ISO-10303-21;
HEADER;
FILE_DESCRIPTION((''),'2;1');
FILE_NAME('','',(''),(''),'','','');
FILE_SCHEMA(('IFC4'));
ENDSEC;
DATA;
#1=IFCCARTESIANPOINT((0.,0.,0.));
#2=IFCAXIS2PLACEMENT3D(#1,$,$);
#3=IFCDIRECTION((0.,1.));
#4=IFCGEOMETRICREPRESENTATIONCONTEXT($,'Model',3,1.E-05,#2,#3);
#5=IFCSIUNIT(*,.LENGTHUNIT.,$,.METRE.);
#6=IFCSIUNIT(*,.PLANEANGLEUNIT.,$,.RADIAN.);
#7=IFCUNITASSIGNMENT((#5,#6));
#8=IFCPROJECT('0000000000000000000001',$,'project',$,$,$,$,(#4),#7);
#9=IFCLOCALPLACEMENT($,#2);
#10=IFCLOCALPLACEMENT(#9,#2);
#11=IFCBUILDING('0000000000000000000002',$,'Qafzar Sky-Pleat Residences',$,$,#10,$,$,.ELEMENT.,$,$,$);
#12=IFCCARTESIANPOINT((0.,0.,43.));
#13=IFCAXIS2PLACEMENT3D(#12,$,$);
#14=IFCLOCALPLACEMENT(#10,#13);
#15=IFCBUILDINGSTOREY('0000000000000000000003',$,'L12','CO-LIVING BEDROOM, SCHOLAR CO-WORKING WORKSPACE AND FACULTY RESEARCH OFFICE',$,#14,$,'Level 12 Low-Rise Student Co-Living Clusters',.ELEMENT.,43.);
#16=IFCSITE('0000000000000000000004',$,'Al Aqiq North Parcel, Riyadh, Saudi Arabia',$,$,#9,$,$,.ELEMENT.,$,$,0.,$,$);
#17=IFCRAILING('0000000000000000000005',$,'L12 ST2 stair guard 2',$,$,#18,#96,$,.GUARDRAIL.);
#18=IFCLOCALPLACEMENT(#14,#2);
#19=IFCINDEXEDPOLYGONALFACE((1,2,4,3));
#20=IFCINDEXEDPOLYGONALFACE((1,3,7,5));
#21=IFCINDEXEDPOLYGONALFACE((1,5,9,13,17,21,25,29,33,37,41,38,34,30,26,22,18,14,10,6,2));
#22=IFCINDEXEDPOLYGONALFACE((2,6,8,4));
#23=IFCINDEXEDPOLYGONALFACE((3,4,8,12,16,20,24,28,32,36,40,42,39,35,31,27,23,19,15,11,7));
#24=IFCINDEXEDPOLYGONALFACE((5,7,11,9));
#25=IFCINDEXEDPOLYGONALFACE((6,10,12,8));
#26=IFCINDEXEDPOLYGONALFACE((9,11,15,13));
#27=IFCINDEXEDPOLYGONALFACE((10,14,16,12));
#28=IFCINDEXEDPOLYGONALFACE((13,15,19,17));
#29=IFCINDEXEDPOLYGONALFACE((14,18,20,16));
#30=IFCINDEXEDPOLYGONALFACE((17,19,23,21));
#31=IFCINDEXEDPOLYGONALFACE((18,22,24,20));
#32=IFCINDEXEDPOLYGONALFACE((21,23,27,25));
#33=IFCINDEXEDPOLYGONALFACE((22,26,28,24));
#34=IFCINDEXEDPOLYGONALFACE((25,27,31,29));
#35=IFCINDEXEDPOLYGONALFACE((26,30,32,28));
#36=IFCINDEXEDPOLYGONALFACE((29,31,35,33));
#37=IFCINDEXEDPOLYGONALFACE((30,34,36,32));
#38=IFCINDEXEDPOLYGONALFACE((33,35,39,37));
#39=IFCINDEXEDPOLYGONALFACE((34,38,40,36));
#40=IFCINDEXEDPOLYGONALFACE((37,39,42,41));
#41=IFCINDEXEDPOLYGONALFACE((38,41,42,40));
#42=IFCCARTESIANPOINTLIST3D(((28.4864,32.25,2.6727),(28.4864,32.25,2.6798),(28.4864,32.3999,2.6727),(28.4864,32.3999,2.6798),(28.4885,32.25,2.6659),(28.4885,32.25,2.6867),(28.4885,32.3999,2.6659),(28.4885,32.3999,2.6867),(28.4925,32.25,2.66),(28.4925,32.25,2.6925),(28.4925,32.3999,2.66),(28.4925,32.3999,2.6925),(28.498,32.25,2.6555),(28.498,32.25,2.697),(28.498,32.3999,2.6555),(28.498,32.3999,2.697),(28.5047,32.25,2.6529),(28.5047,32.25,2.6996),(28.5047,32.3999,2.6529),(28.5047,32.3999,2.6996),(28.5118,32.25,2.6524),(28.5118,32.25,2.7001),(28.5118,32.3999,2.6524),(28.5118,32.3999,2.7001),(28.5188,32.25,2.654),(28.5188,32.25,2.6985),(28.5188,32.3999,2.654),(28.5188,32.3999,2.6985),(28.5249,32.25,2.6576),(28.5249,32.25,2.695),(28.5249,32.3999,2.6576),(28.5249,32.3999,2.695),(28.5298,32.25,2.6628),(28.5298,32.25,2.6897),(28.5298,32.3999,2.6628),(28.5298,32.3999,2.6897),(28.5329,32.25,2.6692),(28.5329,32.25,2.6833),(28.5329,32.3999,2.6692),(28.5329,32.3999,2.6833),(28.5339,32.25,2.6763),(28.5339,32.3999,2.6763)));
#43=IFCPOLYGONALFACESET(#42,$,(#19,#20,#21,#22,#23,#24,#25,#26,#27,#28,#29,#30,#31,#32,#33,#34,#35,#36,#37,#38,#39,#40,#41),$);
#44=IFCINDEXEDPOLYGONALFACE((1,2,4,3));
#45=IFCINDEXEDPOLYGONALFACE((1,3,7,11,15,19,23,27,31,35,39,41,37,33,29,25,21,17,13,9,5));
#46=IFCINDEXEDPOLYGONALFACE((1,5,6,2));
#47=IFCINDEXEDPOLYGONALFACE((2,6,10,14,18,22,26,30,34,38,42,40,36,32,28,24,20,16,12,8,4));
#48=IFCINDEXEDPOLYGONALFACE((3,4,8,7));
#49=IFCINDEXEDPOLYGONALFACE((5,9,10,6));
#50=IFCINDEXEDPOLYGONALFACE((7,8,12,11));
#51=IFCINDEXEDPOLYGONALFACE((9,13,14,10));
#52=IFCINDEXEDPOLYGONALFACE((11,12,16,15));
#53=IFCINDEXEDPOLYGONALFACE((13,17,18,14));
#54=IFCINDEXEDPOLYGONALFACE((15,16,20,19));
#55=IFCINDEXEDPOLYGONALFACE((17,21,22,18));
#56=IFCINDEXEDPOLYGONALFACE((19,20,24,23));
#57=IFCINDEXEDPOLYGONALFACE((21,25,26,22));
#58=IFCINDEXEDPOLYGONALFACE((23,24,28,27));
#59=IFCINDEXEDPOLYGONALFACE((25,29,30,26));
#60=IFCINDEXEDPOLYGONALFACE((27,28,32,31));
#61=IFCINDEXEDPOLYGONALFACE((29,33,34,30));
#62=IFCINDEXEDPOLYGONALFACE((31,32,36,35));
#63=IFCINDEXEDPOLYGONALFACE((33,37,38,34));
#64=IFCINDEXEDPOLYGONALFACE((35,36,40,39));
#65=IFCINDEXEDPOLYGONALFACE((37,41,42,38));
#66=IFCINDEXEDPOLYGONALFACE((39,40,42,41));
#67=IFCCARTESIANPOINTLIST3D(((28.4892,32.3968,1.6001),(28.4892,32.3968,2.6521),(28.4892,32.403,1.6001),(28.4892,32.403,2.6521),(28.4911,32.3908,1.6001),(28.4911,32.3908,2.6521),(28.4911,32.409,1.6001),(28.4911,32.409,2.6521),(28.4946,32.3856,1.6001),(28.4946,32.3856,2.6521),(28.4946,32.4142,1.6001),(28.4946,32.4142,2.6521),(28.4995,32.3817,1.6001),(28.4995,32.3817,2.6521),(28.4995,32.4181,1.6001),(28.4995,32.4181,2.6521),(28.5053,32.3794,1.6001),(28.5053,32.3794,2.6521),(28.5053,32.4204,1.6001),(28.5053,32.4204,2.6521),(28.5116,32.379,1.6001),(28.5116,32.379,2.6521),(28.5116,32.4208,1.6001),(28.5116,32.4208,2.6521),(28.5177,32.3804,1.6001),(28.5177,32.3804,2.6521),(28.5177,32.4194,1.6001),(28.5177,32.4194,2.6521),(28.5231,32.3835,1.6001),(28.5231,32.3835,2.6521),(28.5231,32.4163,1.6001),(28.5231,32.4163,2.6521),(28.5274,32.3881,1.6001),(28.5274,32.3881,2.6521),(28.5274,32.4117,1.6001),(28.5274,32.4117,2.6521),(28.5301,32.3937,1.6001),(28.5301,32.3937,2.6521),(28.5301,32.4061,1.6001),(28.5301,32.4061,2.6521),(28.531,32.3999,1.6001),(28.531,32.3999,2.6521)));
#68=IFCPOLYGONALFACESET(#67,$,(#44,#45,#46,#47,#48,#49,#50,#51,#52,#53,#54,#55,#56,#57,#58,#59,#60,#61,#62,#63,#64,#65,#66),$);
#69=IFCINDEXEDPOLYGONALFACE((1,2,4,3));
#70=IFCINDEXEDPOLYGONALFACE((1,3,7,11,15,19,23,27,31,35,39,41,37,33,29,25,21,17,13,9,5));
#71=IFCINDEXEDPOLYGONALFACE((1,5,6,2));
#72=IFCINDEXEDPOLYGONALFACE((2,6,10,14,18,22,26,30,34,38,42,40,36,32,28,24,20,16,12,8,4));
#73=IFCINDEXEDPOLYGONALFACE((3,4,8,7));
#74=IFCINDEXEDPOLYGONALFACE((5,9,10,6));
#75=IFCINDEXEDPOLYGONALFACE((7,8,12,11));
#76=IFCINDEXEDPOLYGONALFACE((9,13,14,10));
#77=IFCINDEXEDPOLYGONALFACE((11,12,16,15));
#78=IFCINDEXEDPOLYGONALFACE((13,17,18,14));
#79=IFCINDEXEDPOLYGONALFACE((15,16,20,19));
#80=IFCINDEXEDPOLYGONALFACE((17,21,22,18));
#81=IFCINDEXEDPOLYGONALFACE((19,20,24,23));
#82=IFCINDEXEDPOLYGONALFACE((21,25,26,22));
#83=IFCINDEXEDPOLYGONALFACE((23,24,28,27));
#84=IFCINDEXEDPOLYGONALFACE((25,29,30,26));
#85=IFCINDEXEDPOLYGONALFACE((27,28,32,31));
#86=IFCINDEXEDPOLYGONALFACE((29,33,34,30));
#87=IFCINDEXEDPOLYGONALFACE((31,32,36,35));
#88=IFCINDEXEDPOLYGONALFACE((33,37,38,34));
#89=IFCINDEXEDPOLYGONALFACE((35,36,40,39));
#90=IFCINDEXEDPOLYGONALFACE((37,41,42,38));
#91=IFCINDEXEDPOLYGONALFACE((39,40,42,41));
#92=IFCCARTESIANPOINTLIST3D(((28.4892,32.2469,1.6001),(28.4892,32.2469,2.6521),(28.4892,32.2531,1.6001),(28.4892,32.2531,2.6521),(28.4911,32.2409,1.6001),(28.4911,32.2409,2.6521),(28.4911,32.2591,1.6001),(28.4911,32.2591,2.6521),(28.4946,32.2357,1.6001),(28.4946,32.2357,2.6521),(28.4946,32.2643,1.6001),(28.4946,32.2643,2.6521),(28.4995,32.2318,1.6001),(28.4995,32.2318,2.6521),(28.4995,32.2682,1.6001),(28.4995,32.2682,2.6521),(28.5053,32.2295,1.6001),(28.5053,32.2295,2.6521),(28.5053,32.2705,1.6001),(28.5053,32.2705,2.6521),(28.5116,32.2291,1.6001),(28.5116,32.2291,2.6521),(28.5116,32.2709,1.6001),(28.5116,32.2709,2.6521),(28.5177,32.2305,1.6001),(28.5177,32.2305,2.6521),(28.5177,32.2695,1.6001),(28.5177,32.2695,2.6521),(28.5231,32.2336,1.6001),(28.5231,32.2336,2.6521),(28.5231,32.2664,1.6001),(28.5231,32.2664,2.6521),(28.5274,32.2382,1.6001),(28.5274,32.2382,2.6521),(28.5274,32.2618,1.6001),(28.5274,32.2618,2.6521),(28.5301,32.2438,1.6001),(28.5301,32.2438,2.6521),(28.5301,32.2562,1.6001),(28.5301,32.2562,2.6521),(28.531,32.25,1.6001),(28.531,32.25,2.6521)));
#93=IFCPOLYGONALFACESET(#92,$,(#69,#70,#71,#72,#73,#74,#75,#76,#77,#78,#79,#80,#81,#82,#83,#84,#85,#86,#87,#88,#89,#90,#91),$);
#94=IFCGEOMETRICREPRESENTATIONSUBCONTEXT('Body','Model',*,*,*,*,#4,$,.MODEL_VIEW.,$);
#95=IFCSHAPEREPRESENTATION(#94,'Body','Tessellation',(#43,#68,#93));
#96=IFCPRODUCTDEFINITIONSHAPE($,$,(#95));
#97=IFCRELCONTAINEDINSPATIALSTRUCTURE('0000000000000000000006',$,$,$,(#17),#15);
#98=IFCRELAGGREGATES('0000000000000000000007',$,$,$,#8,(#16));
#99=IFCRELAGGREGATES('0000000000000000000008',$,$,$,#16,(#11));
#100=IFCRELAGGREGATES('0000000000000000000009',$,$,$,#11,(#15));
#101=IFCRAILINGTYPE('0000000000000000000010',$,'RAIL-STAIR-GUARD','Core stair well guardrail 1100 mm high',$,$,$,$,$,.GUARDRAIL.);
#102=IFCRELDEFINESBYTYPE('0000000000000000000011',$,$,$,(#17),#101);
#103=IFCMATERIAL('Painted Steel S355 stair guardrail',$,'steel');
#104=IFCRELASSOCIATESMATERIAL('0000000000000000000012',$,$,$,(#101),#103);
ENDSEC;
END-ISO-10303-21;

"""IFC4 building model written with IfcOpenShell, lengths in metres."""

from ifc_helpers import new_model, si_unit, direction, frame, origin, origin_2d, place, context, subcontext, project, spatial, circle, extrude, source, transform, mapped, material, type_object, element, save


model = new_model("IFC4")

# Units and contexts
model_context = context("Model", 3, precision=1e-05, world=origin(), true_north=direction((0.0, 1.0)))
body_context = subcontext(model_context, "Body", "Model", "MODEL_VIEW")
ifc_project = project(units=[si_unit("LENGTHUNIT", "METRE"), si_unit("PLANEANGLEUNIT", "RADIAN")], contexts=[model_context])

# Site, building, storey
site_placement = place(None, origin())
site = spatial("IfcSite", under=ifc_project, at=site_placement, Name="Al Aqiq North Parcel, Riyadh, Saudi Arabia", CompositionType="ELEMENT", RefElevation=0.0)
building_placement = place(site_placement, origin())
building = spatial("IfcBuilding", under=site, at=building_placement, Name="Qafzar Sky-Pleat Residences", CompositionType="ELEMENT")
storey_placement = place(building_placement, frame((0.0, 0.0, 43.0)))
storey = spatial("IfcBuildingStorey", under=building, at=storey_placement, Name="L12", Description="CO-LIVING BEDROOM, SCHOLAR CO-WORKING WORKSPACE AND FACULTY RESEARCH OFFICE", LongName="Level 12 Low-Rise Student Co-Living Clusters", CompositionType="ELEMENT", Elevation=43.0)

# Railing
ifc_material_1 = material(Name="Painted Steel S355 stair guardrail", Category="steel")
railing_type_1 = type_object("IfcRailingType", Name="RAIL-STAIR-GUARD", Description="Core stair well guardrail 1100 mm high", PredefinedType="GUARDRAIL", material=ifc_material_1)
shared_shape_1 = source(origin(), body_context, "Body", "SweptSolid", [
    extrude(circle(Radius=0.0239, at=origin_2d()), frame((0.0, 0.0, 1.0762), z_axis=(0.0, -1.0, 0.0), x_axis=(1.0, 0.0, 0.0)), (0.0, 0.0, 1.0), 0.1499),
    extrude(circle(Radius=0.021, at=origin_2d()), origin(), (0.0, 0.0, 1.0), 1.052),
    extrude(circle(Radius=0.021, at=origin_2d()), frame((0.0, -0.1499, 0.0)), (0.0, 0.0, 1.0), 1.052),
])
railing_1_placement = place(storey_placement, frame((28.51, 32.3999, 1.6001)))
element("IfcRailing", 1, at=railing_1_placement, inside=storey, type_object=railing_type_1, Name="L12 ST2 stair guard 2", PredefinedType="GUARDRAIL", context=body_context, shape_type="MappedRepresentation", body=[
    mapped(shared_shape_1, transform((0.0, 0.0, 0.0), x_axis=(1.0, 0.0, 0.0), y_axis=(0.0, 1.0, 0.0), z_axis=(0.0, 0.0, 1.0), scale=1.0)),
])

save(model, "model.ifc")
